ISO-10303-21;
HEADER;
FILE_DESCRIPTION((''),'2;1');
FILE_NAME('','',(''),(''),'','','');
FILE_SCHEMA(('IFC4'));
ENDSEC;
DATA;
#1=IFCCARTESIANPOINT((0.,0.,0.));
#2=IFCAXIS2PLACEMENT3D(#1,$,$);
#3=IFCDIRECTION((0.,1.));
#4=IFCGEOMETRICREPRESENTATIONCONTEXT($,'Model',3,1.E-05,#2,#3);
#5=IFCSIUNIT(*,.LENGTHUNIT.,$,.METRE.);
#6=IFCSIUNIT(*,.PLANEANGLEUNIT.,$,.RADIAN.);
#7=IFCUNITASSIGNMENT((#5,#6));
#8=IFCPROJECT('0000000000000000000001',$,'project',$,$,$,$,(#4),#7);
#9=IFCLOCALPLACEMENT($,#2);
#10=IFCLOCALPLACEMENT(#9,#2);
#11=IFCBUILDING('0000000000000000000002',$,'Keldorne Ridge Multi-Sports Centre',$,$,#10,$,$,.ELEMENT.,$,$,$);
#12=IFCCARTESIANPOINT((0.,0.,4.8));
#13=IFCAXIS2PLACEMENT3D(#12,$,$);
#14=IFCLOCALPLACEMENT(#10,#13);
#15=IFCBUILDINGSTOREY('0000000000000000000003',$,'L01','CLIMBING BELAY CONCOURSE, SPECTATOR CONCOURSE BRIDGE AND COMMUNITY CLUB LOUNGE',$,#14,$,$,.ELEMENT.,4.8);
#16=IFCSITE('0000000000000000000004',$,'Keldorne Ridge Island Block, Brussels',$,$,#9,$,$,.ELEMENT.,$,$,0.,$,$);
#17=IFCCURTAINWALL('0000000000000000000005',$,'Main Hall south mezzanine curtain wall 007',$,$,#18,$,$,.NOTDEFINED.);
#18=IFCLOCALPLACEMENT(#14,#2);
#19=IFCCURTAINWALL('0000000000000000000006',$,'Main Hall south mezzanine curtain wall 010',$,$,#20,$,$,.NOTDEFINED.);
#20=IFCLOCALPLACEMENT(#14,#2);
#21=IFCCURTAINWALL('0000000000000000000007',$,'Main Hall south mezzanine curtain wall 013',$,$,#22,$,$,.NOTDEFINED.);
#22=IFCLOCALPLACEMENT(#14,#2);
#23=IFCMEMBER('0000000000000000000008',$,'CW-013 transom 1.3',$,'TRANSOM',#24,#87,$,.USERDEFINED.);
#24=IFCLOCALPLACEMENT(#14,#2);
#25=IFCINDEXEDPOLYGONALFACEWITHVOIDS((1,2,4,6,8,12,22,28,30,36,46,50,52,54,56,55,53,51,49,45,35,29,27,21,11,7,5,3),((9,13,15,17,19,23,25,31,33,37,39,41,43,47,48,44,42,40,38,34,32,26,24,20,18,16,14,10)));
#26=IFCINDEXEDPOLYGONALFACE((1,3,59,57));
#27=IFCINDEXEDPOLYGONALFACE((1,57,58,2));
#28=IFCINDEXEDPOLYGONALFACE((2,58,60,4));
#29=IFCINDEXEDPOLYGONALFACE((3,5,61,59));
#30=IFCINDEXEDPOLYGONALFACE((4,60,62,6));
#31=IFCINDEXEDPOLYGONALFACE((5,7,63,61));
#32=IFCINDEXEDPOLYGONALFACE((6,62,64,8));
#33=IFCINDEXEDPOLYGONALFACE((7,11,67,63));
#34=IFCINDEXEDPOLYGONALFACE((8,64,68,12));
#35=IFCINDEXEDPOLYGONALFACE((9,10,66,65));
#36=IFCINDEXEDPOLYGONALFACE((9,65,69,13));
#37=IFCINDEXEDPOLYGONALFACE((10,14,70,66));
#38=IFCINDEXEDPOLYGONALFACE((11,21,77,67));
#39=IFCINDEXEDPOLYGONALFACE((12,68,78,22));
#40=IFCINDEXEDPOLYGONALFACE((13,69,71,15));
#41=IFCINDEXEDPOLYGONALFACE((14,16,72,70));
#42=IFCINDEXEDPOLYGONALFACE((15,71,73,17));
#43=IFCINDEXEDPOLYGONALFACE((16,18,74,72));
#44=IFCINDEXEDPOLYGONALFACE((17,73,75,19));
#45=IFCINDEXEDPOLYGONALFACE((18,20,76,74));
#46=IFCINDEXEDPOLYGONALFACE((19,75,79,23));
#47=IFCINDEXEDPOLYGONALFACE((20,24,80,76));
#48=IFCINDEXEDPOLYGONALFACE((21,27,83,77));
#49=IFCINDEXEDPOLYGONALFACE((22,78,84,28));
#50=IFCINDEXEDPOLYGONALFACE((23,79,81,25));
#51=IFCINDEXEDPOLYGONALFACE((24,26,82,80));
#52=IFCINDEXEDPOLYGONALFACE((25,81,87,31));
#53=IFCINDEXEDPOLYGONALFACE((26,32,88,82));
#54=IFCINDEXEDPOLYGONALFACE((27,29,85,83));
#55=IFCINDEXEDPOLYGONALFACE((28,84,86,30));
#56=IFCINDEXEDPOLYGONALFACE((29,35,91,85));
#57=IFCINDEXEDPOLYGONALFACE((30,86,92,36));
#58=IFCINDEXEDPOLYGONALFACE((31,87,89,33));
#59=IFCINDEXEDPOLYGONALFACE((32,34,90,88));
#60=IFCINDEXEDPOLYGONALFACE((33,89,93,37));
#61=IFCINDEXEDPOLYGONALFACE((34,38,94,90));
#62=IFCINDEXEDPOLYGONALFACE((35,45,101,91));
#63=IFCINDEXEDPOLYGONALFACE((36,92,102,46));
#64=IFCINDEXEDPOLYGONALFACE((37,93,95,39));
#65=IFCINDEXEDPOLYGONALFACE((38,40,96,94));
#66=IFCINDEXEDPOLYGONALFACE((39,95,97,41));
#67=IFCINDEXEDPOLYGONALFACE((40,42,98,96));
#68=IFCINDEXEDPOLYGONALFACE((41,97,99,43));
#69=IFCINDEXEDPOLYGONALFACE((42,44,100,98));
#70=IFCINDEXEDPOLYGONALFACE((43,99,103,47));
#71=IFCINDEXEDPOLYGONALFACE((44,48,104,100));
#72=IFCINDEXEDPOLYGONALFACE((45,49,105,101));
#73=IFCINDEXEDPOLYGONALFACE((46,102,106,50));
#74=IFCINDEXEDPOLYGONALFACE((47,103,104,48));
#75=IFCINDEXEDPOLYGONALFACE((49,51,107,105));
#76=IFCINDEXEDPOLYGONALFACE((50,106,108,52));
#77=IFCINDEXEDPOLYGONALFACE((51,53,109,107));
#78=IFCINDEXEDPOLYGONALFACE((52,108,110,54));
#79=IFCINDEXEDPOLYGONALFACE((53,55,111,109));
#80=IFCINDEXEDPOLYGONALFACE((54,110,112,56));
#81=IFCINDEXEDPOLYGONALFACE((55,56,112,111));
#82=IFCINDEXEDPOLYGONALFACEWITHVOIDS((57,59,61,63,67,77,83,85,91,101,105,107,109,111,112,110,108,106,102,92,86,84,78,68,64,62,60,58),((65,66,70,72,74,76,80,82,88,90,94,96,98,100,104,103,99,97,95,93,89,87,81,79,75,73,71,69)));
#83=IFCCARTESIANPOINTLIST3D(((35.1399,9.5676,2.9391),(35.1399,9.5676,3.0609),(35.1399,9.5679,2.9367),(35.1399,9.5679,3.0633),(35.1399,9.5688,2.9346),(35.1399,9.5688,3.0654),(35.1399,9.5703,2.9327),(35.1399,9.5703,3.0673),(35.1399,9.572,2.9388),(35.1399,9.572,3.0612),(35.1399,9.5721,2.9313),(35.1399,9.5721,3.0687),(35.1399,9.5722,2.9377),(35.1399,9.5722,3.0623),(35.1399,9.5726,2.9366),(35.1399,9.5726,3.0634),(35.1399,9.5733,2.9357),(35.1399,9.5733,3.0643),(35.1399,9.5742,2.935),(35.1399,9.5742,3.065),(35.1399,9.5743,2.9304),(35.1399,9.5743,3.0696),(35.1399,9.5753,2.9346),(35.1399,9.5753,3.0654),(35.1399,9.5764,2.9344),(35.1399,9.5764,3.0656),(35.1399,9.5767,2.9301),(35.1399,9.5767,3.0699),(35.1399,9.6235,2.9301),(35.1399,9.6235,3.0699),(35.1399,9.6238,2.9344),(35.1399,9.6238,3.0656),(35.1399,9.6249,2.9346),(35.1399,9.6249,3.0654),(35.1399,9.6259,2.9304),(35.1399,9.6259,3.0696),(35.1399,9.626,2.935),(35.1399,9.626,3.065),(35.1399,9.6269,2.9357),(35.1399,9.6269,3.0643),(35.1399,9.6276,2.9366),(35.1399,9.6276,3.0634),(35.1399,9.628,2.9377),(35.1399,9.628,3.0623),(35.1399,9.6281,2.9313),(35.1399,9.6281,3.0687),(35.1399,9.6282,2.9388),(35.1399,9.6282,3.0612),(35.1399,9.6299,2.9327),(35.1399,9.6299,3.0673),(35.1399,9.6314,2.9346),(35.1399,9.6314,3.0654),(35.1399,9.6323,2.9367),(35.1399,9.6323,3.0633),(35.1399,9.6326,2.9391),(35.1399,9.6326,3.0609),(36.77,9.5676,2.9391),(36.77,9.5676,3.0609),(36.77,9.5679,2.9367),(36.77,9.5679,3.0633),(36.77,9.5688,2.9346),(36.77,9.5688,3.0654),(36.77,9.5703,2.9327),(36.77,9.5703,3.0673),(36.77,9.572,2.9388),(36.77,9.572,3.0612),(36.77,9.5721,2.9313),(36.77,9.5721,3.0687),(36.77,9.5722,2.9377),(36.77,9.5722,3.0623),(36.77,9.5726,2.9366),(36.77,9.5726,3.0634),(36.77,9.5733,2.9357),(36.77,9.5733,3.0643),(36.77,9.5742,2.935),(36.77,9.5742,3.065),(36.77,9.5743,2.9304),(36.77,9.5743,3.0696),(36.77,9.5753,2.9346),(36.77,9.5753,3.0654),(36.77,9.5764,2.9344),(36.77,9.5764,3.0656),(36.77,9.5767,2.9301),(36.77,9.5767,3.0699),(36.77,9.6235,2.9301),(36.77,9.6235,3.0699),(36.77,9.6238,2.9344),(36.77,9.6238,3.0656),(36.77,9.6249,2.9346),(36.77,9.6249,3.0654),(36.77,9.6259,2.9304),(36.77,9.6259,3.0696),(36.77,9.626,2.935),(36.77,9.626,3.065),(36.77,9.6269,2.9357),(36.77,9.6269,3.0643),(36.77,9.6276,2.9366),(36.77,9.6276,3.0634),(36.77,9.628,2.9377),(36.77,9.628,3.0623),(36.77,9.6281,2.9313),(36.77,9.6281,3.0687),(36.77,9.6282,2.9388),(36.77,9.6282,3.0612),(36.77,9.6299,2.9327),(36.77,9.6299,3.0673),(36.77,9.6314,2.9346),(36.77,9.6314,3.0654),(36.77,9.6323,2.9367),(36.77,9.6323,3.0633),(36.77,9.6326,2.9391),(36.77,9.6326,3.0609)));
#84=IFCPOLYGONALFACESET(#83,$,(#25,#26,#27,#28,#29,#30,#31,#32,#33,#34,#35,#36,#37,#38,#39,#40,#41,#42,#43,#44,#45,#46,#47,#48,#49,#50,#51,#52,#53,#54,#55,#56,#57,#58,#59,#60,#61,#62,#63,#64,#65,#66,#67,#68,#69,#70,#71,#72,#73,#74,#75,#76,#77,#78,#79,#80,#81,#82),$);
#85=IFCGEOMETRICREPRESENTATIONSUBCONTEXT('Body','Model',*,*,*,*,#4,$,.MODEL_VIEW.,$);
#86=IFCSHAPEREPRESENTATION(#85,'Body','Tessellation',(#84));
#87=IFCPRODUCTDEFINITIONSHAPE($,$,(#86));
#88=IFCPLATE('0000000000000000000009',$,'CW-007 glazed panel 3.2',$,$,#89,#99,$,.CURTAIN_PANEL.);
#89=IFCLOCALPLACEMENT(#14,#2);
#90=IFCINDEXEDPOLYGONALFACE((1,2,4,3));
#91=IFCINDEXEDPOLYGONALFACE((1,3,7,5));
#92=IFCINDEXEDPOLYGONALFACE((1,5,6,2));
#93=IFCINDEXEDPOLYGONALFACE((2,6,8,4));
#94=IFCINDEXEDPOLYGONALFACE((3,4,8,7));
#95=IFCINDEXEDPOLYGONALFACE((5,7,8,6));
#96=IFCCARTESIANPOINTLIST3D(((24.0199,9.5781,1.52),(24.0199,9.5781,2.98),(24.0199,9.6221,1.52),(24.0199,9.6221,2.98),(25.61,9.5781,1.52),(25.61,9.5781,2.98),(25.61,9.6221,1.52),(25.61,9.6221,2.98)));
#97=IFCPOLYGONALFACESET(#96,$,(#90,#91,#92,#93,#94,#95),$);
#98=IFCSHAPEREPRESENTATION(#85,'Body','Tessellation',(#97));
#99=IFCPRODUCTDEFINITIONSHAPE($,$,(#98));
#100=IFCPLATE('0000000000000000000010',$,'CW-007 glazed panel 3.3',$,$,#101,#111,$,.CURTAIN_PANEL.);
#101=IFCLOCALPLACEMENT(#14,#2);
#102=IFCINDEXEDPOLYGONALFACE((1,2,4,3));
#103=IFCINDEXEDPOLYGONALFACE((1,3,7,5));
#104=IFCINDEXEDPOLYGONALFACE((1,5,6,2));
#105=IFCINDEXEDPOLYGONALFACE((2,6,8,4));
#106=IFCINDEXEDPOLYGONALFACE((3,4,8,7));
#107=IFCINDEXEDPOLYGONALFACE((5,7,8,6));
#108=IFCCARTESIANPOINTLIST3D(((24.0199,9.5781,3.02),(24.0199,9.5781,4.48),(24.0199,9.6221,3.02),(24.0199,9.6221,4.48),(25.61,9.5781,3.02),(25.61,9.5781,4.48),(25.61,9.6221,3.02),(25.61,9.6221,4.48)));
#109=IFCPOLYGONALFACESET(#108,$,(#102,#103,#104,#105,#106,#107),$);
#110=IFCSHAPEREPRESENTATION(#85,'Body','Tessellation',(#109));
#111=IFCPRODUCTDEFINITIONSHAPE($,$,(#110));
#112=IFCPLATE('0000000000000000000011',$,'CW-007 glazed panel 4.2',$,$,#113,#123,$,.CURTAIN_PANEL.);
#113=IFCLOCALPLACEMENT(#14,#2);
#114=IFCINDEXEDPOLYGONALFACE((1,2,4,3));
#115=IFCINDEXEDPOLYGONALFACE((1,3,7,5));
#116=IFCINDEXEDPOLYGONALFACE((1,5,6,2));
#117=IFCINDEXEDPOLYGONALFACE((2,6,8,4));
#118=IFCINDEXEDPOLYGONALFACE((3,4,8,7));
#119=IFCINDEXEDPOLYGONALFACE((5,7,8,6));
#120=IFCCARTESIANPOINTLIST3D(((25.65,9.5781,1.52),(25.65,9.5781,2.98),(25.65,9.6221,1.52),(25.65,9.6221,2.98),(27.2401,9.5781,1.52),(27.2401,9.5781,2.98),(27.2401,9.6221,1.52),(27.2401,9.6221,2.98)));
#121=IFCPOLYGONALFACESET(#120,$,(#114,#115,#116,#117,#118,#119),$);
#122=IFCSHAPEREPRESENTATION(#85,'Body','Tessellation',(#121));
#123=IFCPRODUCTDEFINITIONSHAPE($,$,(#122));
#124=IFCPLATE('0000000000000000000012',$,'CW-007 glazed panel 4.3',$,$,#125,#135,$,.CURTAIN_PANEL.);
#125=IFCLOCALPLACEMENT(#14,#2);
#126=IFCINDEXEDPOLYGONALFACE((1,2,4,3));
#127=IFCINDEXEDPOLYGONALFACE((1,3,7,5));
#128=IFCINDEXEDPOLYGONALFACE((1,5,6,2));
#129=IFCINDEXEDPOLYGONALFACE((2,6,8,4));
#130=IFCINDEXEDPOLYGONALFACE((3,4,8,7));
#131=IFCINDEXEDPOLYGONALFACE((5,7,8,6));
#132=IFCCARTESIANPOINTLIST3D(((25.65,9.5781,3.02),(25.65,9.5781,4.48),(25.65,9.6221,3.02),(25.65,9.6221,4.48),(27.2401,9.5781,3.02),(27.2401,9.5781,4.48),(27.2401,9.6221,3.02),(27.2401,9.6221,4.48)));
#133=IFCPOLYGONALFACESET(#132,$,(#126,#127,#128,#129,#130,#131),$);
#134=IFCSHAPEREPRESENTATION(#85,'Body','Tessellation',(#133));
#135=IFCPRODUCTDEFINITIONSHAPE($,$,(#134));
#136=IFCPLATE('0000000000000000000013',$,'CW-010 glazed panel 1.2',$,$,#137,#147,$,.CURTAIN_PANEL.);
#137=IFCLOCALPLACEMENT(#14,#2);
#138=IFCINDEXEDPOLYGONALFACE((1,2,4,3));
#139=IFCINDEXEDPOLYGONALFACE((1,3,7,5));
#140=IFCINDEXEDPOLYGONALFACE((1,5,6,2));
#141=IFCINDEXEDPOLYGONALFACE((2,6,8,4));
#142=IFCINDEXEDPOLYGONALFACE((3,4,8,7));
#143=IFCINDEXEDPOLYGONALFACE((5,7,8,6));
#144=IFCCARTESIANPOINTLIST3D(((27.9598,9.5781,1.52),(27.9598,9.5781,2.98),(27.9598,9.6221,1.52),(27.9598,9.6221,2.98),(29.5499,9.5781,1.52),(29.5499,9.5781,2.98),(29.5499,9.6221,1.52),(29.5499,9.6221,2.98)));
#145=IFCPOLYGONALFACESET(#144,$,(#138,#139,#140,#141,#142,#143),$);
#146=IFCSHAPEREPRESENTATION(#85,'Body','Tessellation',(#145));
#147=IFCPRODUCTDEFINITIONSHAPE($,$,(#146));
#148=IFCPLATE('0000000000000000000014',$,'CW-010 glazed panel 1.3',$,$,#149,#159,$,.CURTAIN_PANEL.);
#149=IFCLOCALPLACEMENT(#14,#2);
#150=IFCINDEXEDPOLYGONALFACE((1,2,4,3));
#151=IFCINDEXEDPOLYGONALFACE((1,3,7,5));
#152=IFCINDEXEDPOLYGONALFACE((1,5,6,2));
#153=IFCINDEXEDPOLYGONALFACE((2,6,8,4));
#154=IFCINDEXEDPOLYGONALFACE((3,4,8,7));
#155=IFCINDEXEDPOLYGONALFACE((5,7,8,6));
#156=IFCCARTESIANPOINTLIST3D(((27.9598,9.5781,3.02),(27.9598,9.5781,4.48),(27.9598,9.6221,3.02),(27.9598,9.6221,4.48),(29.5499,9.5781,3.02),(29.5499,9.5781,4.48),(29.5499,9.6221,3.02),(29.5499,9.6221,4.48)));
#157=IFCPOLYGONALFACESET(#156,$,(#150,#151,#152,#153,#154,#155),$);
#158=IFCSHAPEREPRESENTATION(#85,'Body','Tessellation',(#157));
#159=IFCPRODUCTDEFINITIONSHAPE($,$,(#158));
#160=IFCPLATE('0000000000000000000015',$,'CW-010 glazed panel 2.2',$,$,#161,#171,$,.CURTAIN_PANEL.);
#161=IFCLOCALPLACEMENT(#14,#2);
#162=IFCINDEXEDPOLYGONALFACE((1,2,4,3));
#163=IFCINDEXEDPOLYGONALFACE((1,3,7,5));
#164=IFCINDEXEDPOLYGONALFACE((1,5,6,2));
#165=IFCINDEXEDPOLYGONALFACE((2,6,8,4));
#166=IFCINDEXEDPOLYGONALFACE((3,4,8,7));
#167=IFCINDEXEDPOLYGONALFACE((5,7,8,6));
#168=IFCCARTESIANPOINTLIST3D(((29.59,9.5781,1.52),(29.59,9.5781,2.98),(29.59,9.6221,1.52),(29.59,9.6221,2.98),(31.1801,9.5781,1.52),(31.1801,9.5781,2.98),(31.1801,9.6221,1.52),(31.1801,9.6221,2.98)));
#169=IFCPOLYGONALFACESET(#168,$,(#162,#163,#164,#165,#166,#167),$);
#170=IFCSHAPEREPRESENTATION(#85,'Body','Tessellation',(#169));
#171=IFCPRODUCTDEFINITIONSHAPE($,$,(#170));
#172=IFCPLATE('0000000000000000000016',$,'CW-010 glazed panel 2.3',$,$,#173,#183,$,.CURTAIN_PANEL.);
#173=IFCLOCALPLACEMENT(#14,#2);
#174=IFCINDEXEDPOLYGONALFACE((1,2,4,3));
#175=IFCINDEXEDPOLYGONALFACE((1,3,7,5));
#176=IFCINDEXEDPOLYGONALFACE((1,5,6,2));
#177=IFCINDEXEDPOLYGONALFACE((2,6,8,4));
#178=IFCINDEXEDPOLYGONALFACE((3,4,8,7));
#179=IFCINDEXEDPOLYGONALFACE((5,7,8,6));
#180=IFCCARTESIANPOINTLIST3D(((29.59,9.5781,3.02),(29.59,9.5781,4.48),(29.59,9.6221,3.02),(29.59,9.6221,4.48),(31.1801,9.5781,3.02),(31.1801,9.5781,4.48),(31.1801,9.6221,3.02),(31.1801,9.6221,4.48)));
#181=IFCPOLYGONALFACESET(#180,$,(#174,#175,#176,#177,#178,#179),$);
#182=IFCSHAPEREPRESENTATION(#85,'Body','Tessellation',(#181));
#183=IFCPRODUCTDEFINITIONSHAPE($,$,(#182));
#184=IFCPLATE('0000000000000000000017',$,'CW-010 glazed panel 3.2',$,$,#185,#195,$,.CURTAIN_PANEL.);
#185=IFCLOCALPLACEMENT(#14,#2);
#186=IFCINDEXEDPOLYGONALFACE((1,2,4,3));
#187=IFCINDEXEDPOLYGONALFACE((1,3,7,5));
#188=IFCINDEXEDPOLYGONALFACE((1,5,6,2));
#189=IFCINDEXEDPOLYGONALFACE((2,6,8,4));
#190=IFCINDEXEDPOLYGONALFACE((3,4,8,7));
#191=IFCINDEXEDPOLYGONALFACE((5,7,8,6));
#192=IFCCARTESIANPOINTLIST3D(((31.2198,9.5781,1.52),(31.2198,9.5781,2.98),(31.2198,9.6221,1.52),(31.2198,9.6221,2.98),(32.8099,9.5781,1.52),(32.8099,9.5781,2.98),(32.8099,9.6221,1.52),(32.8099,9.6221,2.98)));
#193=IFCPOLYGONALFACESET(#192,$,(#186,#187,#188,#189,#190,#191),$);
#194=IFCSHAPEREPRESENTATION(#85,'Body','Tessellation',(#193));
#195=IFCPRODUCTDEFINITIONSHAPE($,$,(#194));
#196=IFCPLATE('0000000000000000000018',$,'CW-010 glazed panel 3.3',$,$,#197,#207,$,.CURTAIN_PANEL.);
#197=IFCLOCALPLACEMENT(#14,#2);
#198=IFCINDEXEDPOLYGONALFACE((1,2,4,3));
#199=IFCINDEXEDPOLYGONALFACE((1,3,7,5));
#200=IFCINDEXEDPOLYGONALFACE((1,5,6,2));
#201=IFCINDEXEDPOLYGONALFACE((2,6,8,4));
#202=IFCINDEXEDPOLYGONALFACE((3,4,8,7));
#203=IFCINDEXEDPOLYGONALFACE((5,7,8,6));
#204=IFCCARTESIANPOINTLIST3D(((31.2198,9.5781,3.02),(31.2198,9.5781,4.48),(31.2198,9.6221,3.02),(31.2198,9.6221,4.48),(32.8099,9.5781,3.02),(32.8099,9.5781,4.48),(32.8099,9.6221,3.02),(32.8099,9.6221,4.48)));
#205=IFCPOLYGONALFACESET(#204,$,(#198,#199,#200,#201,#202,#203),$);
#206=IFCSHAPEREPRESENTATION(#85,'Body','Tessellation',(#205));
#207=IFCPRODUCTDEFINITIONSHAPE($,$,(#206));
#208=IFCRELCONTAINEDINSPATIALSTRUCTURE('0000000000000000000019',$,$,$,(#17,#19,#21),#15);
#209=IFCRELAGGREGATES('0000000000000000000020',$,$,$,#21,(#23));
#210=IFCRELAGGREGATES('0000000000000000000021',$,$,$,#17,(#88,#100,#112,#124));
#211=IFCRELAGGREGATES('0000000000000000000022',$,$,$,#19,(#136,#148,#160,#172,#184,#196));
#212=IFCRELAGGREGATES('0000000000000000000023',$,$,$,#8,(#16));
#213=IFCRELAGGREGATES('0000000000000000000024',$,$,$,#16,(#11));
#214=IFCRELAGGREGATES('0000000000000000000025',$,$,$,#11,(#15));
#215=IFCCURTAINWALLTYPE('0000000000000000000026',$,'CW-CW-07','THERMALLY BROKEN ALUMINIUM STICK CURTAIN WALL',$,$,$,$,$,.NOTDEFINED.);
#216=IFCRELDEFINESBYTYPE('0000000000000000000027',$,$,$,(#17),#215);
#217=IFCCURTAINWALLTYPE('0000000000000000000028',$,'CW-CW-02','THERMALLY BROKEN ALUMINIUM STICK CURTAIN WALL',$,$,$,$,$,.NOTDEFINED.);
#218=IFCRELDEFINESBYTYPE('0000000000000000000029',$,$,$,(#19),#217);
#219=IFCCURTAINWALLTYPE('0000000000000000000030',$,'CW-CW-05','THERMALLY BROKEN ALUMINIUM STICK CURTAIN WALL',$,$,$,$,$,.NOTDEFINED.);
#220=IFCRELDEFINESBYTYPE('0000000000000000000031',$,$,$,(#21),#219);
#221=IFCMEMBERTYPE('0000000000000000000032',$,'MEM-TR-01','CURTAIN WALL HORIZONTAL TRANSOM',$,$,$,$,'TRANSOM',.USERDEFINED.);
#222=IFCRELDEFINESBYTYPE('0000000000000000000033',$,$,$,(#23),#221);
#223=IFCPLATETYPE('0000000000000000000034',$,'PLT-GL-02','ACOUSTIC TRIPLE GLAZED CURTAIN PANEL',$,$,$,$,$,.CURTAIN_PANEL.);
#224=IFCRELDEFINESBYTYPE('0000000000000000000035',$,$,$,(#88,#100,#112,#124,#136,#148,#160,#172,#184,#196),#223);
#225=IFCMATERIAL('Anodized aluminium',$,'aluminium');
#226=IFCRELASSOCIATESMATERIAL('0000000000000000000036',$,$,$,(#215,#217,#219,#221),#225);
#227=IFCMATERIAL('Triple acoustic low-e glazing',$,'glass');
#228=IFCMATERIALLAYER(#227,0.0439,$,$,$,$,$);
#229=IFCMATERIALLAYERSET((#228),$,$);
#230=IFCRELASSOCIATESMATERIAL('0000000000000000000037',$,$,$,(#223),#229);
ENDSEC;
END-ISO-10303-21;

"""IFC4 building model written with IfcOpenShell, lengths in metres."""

from ifc_helpers import new_model, si_unit, direction, frame, origin, origin_2d, place, context, subcontext, project, spatial, rectangle, hollow_rectangle, extrude, material, layer, layer_set, material_profile, profile_set, type_object, element, aggregate, save


model = new_model("IFC4")

# Units and contexts
model_context = context("Model", 3, precision=1e-05, world=origin(), true_north=direction((0.0, 1.0)))
body_context = subcontext(model_context, "Body", "Model", "MODEL_VIEW")
ifc_project = project(units=[si_unit("LENGTHUNIT", "METRE"), si_unit("PLANEANGLEUNIT", "RADIAN")], contexts=[model_context])

# Site, building, storey
site_placement = place(None, origin())
site = spatial("IfcSite", under=ifc_project, at=site_placement, Name="Keldorne Ridge Island Block, Brussels", CompositionType="ELEMENT", RefElevation=0.0)
building_placement = place(site_placement, origin())
building = spatial("IfcBuilding", under=site, at=building_placement, Name="Keldorne Ridge Multi-Sports Centre", CompositionType="ELEMENT")
storey_placement = place(building_placement, frame((0.0, 0.0, 4.8)))
storey = spatial("IfcBuildingStorey", under=building, at=storey_placement, Name="L01", Description="CLIMBING BELAY CONCOURSE, SPECTATOR CONCOURSE BRIDGE AND COMMUNITY CLUB LOUNGE", CompositionType="ELEMENT", Elevation=4.8)

# Curtain walls, member
ifc_material_1 = material(Name="Anodized aluminium", Category="aluminium")
curtain_wall_type_1 = type_object("IfcCurtainWallType", Name="CW-CW-07", Description="THERMALLY BROKEN ALUMINIUM STICK CURTAIN WALL", PredefinedType="NOTDEFINED", material=ifc_material_1)
curtain_wall_1_placement = place(storey_placement, origin())
curtain_wall_1 = element("IfcCurtainWall", 1, at=curtain_wall_1_placement, inside=storey, type_object=curtain_wall_type_1, Name="Main Hall south mezzanine curtain wall 007", PredefinedType="NOTDEFINED")
ifc_material_profile_1 = material_profile(ifc_material_1, hollow_rectangle(XDim=0.0649, YDim=0.1399, WallThickness=0.0044, InnerFilletRadius=0.0044, OuterFilletRadius=0.009, at=origin_2d()), Name="ALU TRANSOM 140x65x4.5")
ifc_profile_set_1 = profile_set([ifc_material_profile_1], Name="Anodized aluminium")
member_type = type_object("IfcMemberType", Name="MEM-TR-01", Description="CURTAIN WALL HORIZONTAL TRANSOM", ElementType="TRANSOM", PredefinedType="USERDEFINED", material=ifc_profile_set_1)
curtain_wall_type_2 = type_object("IfcCurtainWallType", Name="CW-CW-02", Description="THERMALLY BROKEN ALUMINIUM STICK CURTAIN WALL", PredefinedType="NOTDEFINED", material=ifc_material_1)
curtain_wall_2_placement = place(storey_placement, origin())
curtain_wall_2 = element("IfcCurtainWall", 2, at=curtain_wall_2_placement, inside=storey, type_object=curtain_wall_type_2, Name="Main Hall south mezzanine curtain wall 010", PredefinedType="NOTDEFINED")
curtain_wall_type_3 = type_object("IfcCurtainWallType", Name="CW-CW-05", Description="THERMALLY BROKEN ALUMINIUM STICK CURTAIN WALL", PredefinedType="NOTDEFINED", material=ifc_material_1)
curtain_wall_3_placement = place(storey_placement, origin())
curtain_wall_3 = element("IfcCurtainWall", 3, at=curtain_wall_3_placement, inside=storey, type_object=curtain_wall_type_3, Name="Main Hall south mezzanine curtain wall 013", PredefinedType="NOTDEFINED")
member_1_placement = place(storey_placement, frame((35.1399, 9.6001, 3.0), z_axis=(1.0, 0.0, 0.0), x_axis=(0.0, 1.0, 0.0)))
member_1 = element("IfcMember", 4, at=member_1_placement, type_object=member_type, Name="CW-013 transom 1.3", ObjectType="TRANSOM", PredefinedType="USERDEFINED", context=body_context, shape_type="SweptSolid", body=[
    extrude(hollow_rectangle(XDim=0.0649, YDim=0.1399, WallThickness=0.0044, InnerFilletRadius=0.0044, OuterFilletRadius=0.009, at=origin_2d()), origin(), (0.0, 0.0, 1.0), 1.6301),
])
aggregate(curtain_wall_3, [member_1])

# Plates
ifc_material_2 = material(Name="Triple acoustic low-e glazing", Category="glass")
ifc_layer_1 = layer(ifc_material_2, 0.0439)
ifc_layer_set_1 = layer_set([ifc_layer_1])
plate_type_1 = type_object("IfcPlateType", Name="PLT-GL-02", Description="ACOUSTIC TRIPLE GLAZED CURTAIN PANEL", PredefinedType="CURTAIN_PANEL", material=ifc_layer_set_1)
plate_1_placement = place(storey_placement, frame((24.8149, 9.6001, 1.52), z_axis=(0.0, 0.0, 1.0), x_axis=(1.0, 0.0, 0.0)))
plate_1 = element("IfcPlate", 5, at=plate_1_placement, type_object=plate_type_1, Name="CW-007 glazed panel 3.2", PredefinedType="CURTAIN_PANEL", context=body_context, shape_type="SweptSolid", body=[
    extrude(rectangle(XDim=1.5901, YDim=0.0439, at=origin_2d()), origin(), (0.0, 0.0, 1.0), 1.46),
])
plate_2_placement = place(storey_placement, frame((24.8149, 9.6001, 3.02), z_axis=(0.0, 0.0, 1.0), x_axis=(1.0, 0.0, 0.0)))
plate_2 = element("IfcPlate", 6, at=plate_2_placement, type_object=plate_type_1, Name="CW-007 glazed panel 3.3", PredefinedType="CURTAIN_PANEL", context=body_context, shape_type="SweptSolid", body=[
    extrude(rectangle(XDim=1.5901, YDim=0.0439, at=origin_2d()), origin(), (0.0, 0.0, 1.0), 1.46),
])
plate_3_placement = place(storey_placement, frame((26.4451, 9.6001, 1.52), z_axis=(0.0, 0.0, 1.0), x_axis=(1.0, 0.0, 0.0)))
plate_3 = element("IfcPlate", 7, at=plate_3_placement, type_object=plate_type_1, Name="CW-007 glazed panel 4.2", PredefinedType="CURTAIN_PANEL", context=body_context, shape_type="SweptSolid", body=[
    extrude(rectangle(XDim=1.5901, YDim=0.0439, at=origin_2d()), origin(), (0.0, 0.0, 1.0), 1.46),
])
plate_4_placement = place(storey_placement, frame((26.4451, 9.6001, 3.02), z_axis=(0.0, 0.0, 1.0), x_axis=(1.0, 0.0, 0.0)))
plate_4 = element("IfcPlate", 8, at=plate_4_placement, type_object=plate_type_1, Name="CW-007 glazed panel 4.3", PredefinedType="CURTAIN_PANEL", context=body_context, shape_type="SweptSolid", body=[
    extrude(rectangle(XDim=1.5901, YDim=0.0439, at=origin_2d()), origin(), (0.0, 0.0, 1.0), 1.46),
])
aggregate(curtain_wall_1, [plate_1, plate_2, plate_3, plate_4])
plate_5_placement = place(storey_placement, frame((28.7549, 9.6001, 1.52), z_axis=(0.0, 0.0, 1.0), x_axis=(1.0, 0.0, 0.0)))
plate_5 = element("IfcPlate", 9, at=plate_5_placement, type_object=plate_type_1, Name="CW-010 glazed panel 1.2", PredefinedType="CURTAIN_PANEL", context=body_context, shape_type="SweptSolid", body=[
    extrude(rectangle(XDim=1.5901, YDim=0.0439, at=origin_2d()), origin(), (0.0, 0.0, 1.0), 1.46),
])
plate_6_placement = place(storey_placement, frame((28.7549, 9.6001, 3.02), z_axis=(0.0, 0.0, 1.0), x_axis=(1.0, 0.0, 0.0)))
plate_6 = element("IfcPlate", 10, at=plate_6_placement, type_object=plate_type_1, Name="CW-010 glazed panel 1.3", PredefinedType="CURTAIN_PANEL", context=body_context, shape_type="SweptSolid", body=[
    extrude(rectangle(XDim=1.5901, YDim=0.0439, at=origin_2d()), origin(), (0.0, 0.0, 1.0), 1.46),
])
plate_7_placement = place(storey_placement, frame((30.385, 9.6001, 1.52), z_axis=(0.0, 0.0, 1.0), x_axis=(1.0, 0.0, 0.0)))
plate_7 = element("IfcPlate", 11, at=plate_7_placement, type_object=plate_type_1, Name="CW-010 glazed panel 2.2", PredefinedType="CURTAIN_PANEL", context=body_context, shape_type="SweptSolid", body=[
    extrude(rectangle(XDim=1.5901, YDim=0.0439, at=origin_2d()), origin(), (0.0, 0.0, 1.0), 1.46),
])
plate_8_placement = place(storey_placement, frame((30.385, 9.6001, 3.02), z_axis=(0.0, 0.0, 1.0), x_axis=(1.0, 0.0, 0.0)))
plate_8 = element("IfcPlate", 12, at=plate_8_placement, type_object=plate_type_1, Name="CW-010 glazed panel 2.3", PredefinedType="CURTAIN_PANEL", context=body_context, shape_type="SweptSolid", body=[
    extrude(rectangle(XDim=1.5901, YDim=0.0439, at=origin_2d()), origin(), (0.0, 0.0, 1.0), 1.46),
])
plate_9_placement = place(storey_placement, frame((32.0149, 9.6001, 1.52), z_axis=(0.0, 0.0, 1.0), x_axis=(1.0, 0.0, 0.0)))
plate_9 = element("IfcPlate", 13, at=plate_9_placement, type_object=plate_type_1, Name="CW-010 glazed panel 3.2", PredefinedType="CURTAIN_PANEL", context=body_context, shape_type="SweptSolid", body=[
    extrude(rectangle(XDim=1.5901, YDim=0.0439, at=origin_2d()), origin(), (0.0, 0.0, 1.0), 1.46),
])
plate_10_placement = place(storey_placement, frame((32.0149, 9.6001, 3.02), z_axis=(0.0, 0.0, 1.0), x_axis=(1.0, 0.0, 0.0)))
plate_10 = element("IfcPlate", 14, at=plate_10_placement, type_object=plate_type_1, Name="CW-010 glazed panel 3.3", PredefinedType="CURTAIN_PANEL", context=body_context, shape_type="SweptSolid", body=[
    extrude(rectangle(XDim=1.5901, YDim=0.0439, at=origin_2d()), origin(), (0.0, 0.0, 1.0), 1.46),
])
aggregate(curtain_wall_2, [plate_5, plate_6, plate_7, plate_8, plate_9, plate_10])

save(model, "model.ifc")
